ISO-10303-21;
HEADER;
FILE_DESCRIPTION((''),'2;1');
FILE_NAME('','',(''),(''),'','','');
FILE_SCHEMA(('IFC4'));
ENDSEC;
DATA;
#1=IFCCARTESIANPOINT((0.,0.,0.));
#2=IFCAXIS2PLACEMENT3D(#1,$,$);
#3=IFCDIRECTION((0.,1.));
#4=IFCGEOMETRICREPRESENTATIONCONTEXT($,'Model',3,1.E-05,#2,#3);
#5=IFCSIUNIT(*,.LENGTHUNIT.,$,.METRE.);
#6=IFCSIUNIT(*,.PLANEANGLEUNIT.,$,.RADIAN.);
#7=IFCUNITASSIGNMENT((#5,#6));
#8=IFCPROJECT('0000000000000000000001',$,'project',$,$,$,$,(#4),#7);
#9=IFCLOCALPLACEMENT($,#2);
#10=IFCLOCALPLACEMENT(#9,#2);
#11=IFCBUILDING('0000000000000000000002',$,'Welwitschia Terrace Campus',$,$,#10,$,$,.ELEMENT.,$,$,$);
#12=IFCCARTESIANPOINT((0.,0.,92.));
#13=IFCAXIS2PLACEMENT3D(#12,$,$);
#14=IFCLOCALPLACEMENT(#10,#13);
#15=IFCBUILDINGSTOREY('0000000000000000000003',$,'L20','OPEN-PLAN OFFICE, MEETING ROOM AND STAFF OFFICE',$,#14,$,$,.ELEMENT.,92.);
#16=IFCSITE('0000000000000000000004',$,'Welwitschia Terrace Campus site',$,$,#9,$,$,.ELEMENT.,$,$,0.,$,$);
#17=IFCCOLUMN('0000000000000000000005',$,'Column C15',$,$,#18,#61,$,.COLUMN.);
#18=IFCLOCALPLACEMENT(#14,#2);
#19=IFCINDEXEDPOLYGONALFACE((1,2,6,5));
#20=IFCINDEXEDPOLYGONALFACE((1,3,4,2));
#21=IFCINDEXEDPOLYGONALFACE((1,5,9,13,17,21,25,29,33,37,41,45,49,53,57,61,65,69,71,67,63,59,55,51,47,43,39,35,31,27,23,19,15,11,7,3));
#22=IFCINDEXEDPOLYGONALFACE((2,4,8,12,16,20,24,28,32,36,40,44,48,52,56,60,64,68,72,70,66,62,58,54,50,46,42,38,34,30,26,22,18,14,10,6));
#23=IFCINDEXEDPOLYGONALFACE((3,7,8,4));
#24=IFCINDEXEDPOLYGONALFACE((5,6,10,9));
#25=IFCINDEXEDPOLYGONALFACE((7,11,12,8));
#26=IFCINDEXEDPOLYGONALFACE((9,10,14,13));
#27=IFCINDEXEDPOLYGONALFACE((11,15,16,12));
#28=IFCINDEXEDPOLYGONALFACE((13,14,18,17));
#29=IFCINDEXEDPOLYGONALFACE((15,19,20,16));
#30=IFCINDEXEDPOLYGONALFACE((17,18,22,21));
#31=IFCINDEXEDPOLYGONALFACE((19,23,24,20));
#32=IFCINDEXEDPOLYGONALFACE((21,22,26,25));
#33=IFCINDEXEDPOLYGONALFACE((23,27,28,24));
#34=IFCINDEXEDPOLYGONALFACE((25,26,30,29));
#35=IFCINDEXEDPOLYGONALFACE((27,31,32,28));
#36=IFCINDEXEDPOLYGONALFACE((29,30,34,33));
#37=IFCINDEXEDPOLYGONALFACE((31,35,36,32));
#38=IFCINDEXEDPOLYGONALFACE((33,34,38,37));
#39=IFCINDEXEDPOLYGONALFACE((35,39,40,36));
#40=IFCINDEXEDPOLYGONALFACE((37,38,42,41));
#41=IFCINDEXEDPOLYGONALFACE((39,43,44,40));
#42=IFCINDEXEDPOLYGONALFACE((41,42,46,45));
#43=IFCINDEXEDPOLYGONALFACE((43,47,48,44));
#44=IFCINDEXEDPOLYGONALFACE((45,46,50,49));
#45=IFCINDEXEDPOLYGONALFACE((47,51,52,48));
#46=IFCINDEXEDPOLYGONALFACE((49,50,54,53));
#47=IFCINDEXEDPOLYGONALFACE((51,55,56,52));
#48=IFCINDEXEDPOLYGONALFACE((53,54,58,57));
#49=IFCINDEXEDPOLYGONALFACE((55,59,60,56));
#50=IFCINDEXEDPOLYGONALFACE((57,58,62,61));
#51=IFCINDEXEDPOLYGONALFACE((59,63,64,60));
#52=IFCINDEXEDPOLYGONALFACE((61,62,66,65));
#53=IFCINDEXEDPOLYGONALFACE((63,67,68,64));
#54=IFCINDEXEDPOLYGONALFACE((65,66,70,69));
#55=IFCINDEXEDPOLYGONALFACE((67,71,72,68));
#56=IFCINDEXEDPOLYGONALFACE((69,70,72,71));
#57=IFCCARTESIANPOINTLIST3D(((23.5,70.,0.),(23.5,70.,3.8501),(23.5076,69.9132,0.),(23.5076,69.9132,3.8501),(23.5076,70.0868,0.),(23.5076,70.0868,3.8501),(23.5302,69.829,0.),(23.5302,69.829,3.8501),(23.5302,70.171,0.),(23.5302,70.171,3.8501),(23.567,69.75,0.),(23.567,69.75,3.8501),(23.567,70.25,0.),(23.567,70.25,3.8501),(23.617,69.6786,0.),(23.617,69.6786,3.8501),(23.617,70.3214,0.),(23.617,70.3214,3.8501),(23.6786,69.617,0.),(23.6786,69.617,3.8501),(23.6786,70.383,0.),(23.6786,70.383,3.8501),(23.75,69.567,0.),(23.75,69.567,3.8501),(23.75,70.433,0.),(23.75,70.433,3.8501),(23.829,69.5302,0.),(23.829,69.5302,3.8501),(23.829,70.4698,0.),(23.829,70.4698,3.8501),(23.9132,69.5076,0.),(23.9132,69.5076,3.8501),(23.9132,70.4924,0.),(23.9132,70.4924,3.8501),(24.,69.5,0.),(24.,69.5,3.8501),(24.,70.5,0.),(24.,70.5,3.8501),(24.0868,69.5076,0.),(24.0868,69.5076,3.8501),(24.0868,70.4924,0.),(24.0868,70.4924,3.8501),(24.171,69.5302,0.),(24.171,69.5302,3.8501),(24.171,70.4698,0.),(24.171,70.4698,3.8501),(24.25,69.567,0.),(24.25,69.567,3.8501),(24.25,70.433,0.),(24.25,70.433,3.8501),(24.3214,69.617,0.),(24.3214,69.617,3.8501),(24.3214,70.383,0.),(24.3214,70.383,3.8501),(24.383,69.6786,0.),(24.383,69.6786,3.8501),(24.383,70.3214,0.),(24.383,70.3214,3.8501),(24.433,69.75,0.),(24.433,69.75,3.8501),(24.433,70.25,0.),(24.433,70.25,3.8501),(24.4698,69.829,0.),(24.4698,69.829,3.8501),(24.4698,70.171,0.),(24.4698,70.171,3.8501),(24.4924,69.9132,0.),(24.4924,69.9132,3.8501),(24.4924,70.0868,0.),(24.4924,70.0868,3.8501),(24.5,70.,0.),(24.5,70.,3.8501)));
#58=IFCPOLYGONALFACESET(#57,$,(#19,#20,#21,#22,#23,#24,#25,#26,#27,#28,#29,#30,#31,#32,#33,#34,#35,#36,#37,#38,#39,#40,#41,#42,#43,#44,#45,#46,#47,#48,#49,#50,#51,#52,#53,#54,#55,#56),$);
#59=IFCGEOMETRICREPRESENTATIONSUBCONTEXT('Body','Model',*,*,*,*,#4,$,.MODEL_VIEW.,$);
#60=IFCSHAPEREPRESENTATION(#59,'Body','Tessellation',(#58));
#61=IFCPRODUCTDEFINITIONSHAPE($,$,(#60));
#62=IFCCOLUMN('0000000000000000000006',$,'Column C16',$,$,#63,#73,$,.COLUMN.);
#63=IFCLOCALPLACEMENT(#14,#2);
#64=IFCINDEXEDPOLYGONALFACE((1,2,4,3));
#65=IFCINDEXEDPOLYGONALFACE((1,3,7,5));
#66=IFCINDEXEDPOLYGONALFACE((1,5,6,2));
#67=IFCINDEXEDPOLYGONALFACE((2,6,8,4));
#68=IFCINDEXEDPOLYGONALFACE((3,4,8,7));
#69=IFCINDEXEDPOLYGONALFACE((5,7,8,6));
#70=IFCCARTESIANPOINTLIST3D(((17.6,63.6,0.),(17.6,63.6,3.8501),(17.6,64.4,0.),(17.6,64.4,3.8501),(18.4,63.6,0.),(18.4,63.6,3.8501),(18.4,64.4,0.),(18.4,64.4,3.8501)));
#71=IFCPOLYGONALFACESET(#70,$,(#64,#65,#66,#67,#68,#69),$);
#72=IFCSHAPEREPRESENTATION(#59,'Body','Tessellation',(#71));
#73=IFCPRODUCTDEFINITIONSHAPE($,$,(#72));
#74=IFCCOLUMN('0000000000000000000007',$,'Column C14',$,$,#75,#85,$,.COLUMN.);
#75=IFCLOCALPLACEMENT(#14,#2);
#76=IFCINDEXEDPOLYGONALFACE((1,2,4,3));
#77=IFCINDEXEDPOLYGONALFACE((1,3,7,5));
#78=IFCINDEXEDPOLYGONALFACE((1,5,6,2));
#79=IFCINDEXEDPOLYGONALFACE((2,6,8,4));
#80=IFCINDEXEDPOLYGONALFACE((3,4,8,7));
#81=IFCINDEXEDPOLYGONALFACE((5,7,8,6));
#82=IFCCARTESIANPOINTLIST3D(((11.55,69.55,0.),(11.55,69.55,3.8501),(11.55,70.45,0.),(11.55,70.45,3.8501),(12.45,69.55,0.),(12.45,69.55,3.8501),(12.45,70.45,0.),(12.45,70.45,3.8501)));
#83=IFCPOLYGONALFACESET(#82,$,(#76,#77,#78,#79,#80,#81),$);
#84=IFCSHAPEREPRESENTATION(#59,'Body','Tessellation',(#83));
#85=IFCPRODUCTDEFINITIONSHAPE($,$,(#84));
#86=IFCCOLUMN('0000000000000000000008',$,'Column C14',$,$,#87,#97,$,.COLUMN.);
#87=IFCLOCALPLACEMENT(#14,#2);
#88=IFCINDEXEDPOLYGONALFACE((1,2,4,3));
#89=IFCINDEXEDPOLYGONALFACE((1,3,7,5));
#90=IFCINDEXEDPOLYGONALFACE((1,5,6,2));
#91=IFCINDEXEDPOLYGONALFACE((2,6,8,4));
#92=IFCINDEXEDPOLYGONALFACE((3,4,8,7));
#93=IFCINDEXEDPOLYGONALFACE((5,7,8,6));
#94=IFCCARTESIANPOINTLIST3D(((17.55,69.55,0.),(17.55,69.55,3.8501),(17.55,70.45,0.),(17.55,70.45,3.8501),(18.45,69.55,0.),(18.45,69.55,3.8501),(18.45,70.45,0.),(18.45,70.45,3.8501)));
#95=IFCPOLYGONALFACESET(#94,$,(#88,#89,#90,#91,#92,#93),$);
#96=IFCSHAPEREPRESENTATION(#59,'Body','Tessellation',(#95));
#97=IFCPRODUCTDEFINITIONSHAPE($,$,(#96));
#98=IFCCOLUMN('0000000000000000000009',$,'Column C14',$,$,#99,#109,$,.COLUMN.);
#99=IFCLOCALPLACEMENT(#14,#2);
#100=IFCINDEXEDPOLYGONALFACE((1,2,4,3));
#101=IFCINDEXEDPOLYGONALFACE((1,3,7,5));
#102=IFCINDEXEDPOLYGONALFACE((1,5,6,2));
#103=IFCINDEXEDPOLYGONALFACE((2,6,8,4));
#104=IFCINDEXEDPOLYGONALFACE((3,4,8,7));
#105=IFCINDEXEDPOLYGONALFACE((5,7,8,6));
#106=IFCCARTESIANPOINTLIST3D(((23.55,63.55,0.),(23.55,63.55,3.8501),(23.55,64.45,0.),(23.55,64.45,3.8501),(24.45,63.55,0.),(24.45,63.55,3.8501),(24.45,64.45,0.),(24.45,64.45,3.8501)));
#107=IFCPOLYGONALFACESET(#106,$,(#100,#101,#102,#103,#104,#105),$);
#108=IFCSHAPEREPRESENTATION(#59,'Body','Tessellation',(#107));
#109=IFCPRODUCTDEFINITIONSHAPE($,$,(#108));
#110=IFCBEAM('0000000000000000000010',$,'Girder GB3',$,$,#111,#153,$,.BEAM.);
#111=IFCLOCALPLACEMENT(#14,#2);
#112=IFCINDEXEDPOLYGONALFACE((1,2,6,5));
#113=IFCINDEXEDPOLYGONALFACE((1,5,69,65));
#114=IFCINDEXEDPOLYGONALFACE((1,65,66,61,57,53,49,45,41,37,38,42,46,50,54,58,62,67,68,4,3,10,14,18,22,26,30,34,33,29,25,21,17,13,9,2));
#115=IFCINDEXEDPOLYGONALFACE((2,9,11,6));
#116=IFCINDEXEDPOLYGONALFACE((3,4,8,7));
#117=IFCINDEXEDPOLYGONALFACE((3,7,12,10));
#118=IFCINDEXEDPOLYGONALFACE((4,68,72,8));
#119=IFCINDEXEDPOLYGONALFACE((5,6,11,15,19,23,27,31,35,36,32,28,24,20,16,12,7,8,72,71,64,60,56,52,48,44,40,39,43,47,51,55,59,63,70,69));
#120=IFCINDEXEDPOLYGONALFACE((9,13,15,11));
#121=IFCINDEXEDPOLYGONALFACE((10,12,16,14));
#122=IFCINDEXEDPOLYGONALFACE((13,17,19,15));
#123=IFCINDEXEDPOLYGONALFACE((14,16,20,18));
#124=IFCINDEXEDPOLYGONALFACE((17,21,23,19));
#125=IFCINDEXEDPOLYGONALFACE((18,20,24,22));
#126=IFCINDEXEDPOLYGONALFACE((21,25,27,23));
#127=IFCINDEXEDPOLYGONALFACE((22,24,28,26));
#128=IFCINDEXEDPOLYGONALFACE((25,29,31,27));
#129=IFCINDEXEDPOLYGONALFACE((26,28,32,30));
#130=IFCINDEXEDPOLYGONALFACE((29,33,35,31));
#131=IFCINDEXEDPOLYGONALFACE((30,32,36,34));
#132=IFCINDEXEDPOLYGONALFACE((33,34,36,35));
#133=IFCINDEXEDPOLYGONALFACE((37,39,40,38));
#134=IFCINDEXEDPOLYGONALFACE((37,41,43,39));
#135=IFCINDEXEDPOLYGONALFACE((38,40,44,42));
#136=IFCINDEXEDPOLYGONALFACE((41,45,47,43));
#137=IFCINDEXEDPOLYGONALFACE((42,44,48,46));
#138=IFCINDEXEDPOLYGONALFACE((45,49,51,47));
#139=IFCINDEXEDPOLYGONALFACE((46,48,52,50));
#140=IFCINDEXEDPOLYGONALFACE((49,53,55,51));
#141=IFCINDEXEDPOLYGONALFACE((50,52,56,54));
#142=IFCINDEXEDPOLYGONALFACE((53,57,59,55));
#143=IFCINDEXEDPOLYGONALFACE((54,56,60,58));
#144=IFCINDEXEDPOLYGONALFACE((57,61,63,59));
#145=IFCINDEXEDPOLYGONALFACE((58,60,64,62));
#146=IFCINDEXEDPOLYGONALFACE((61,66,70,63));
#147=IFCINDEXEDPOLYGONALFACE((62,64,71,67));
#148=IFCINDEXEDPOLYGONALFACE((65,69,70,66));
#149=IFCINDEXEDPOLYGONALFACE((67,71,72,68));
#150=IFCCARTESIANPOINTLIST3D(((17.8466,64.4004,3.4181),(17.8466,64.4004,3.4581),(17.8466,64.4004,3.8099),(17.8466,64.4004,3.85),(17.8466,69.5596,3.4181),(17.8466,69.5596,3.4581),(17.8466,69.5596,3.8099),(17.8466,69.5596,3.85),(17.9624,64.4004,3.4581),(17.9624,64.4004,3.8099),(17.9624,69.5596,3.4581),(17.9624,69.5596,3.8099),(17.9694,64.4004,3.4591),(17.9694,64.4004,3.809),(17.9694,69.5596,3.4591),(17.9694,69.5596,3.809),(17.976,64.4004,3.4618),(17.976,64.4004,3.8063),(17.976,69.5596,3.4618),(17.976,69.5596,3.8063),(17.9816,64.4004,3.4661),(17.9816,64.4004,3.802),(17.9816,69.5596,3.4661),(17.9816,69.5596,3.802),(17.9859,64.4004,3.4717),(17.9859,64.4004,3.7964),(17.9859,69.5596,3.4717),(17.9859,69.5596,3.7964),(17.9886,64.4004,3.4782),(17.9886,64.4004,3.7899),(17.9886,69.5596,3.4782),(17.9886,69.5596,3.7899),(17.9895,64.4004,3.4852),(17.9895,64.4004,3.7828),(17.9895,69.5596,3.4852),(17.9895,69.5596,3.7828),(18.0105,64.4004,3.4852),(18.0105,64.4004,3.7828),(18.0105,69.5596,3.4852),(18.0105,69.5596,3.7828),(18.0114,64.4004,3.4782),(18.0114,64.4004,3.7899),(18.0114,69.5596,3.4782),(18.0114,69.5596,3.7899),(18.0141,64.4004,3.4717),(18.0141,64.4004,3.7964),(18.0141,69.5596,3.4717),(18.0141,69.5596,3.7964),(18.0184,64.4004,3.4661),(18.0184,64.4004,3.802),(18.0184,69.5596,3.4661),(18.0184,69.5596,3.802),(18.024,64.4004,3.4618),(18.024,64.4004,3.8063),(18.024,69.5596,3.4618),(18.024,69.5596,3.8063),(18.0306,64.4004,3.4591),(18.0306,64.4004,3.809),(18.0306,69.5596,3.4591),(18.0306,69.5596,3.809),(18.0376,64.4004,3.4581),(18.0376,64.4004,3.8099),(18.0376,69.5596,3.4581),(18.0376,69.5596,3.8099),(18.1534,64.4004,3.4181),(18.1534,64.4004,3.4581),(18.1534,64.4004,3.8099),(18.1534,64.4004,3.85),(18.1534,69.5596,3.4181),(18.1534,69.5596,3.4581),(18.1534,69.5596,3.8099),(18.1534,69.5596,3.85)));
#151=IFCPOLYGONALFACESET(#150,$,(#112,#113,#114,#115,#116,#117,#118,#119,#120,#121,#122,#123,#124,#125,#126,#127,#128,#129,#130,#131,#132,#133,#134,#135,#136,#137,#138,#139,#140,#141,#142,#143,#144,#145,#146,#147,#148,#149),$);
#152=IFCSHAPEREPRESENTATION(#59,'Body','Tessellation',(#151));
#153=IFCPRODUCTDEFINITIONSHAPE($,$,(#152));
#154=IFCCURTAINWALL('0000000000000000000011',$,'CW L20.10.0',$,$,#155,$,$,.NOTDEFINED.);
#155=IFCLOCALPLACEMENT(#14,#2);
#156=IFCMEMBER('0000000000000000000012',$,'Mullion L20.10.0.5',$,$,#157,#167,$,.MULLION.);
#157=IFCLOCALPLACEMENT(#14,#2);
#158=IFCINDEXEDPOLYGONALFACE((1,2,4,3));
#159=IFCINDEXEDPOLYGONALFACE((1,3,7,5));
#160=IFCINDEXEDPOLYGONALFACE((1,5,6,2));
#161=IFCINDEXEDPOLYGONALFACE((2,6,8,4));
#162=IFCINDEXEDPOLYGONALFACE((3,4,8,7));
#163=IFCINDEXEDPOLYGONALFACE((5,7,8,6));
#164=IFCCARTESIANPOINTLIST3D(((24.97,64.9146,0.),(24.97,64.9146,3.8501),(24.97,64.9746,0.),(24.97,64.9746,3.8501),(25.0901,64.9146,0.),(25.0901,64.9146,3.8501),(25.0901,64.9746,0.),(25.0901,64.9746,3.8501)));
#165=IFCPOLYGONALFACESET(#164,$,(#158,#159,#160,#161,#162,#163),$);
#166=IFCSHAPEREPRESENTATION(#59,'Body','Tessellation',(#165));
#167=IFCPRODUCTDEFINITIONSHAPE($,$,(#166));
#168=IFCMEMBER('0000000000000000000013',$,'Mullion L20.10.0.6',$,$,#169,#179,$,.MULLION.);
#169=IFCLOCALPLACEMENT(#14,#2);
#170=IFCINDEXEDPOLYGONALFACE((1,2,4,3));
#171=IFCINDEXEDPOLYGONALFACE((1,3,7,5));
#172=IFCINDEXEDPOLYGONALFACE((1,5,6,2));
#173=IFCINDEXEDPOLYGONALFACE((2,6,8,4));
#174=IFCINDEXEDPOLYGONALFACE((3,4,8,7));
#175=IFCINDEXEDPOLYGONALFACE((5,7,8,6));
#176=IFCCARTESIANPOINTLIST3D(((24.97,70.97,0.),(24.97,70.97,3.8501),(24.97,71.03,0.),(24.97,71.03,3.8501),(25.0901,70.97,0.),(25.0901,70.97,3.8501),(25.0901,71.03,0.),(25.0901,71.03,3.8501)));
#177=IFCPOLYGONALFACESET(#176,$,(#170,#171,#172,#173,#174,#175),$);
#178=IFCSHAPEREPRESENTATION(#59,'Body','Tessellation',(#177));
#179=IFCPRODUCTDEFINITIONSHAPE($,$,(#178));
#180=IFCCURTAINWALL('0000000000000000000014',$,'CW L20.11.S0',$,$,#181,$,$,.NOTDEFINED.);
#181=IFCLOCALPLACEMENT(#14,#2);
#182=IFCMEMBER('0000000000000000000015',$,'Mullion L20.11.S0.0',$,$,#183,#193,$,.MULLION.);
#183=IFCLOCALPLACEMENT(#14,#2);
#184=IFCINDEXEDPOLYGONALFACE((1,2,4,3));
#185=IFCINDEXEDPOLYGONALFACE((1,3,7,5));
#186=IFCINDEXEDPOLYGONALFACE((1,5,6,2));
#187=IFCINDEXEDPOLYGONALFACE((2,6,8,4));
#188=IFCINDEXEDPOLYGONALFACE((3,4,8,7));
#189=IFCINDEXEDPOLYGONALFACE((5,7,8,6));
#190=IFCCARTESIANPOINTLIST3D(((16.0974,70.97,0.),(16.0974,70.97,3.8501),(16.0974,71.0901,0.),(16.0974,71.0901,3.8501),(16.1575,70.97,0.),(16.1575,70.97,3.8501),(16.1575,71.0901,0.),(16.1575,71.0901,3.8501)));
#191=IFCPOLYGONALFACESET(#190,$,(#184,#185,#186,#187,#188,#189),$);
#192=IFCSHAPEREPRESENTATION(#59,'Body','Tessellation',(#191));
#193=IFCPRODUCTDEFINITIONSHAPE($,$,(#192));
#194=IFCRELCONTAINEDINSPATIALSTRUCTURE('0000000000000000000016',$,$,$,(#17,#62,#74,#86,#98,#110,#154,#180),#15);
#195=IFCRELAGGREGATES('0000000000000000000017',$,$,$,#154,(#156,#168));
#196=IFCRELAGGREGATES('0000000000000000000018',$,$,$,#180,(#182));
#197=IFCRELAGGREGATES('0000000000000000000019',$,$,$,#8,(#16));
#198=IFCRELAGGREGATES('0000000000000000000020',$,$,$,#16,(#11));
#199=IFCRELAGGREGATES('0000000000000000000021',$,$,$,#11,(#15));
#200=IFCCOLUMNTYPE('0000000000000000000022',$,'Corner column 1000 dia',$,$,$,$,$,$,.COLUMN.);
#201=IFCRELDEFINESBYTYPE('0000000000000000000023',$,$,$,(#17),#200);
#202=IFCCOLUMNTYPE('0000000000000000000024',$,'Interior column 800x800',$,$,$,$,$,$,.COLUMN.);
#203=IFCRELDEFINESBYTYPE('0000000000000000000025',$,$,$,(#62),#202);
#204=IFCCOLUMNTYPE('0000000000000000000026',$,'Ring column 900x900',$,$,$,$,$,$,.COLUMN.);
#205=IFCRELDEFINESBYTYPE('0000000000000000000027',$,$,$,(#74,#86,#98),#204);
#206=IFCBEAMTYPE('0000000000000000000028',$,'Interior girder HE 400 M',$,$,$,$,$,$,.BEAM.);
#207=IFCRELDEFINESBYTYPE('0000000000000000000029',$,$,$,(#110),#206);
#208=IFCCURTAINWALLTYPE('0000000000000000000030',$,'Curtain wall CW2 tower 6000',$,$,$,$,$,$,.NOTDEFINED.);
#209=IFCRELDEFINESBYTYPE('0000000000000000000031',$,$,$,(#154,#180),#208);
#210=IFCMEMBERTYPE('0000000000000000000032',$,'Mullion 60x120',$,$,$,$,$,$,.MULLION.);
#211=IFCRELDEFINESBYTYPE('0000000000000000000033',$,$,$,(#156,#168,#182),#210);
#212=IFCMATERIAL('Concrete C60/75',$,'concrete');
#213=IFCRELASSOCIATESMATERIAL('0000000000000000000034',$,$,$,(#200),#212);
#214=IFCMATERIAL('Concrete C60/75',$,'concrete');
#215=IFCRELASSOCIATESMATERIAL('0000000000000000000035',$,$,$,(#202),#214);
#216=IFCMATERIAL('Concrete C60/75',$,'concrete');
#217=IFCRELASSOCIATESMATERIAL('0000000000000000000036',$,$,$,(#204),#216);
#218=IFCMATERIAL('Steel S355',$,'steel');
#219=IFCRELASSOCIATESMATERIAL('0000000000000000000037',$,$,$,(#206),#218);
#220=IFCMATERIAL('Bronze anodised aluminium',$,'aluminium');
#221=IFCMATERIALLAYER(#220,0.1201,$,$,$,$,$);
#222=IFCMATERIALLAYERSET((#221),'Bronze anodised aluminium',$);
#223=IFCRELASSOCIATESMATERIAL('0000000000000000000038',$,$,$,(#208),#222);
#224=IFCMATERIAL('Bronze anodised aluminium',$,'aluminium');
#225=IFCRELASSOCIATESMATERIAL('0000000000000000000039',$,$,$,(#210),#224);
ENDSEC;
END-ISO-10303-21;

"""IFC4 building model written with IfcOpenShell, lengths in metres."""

from ifc_helpers import new_model, si_unit, direction, frame, origin, origin_2d, place, context, subcontext, project, spatial, rectangle, circle, i_section, extrude, material, layer, layer_set, material_profile, profile_set, type_object, element, aggregate, save


model = new_model("IFC4")

# Units and contexts
model_context = context("Model", 3, precision=1e-05, world=origin(), true_north=direction((0.0, 1.0)))
body_context = subcontext(model_context, "Body", "Model", "MODEL_VIEW")
ifc_project = project(units=[si_unit("LENGTHUNIT", "METRE"), si_unit("PLANEANGLEUNIT", "RADIAN")], contexts=[model_context])

# Site, building, storey
site_placement = place(None, origin())
site = spatial("IfcSite", under=ifc_project, at=site_placement, Name="Welwitschia Terrace Campus site", CompositionType="ELEMENT", RefElevation=0.0)
building_placement = place(site_placement, origin())
building = spatial("IfcBuilding", under=site, at=building_placement, Name="Welwitschia Terrace Campus", CompositionType="ELEMENT")
storey_placement = place(building_placement, frame((0.0, 0.0, 92.0)))
storey = spatial("IfcBuildingStorey", under=building, at=storey_placement, Name="L20", Description="OPEN-PLAN OFFICE, MEETING ROOM AND STAFF OFFICE", CompositionType="ELEMENT", Elevation=92.0)

# Columns
ifc_material_1 = material(Name="Concrete C60/75", Category="concrete")
ifc_material_profile_1 = material_profile(ifc_material_1, circle(Radius=0.5, at=origin_2d()))
ifc_profile_set_1 = profile_set([ifc_material_profile_1], Name="Concrete C60/75")
column_type_1 = type_object("IfcColumnType", Name="Corner column 1000 dia", PredefinedType="COLUMN", material=ifc_profile_set_1)
column_1_placement = place(storey_placement, frame((24.0, 70.0, 0.0), z_axis=(0.0, 0.0, 1.0), x_axis=(1.0, 0.0, 0.0)))
element("IfcColumn", 1, at=column_1_placement, inside=storey, type_object=column_type_1, Name="Column C15", PredefinedType="COLUMN", context=body_context, shape_type="SweptSolid", body=[
    extrude(circle(Radius=0.5, at=origin_2d()), origin(), (0.0, 0.0, 1.0), 3.8501),
])
ifc_material_2 = material(Name="Concrete C60/75", Category="concrete")
ifc_material_profile_2 = material_profile(ifc_material_2, rectangle(XDim=0.8, YDim=0.8, at=origin_2d()))
ifc_profile_set_2 = profile_set([ifc_material_profile_2], Name="Concrete C60/75")
column_type_2 = type_object("IfcColumnType", Name="Interior column 800x800", PredefinedType="COLUMN", material=ifc_profile_set_2)
column_2_placement = place(storey_placement, frame((18.0, 64.0, 0.0), z_axis=(0.0, 0.0, 1.0), x_axis=(1.0, 0.0, 0.0)))
element("IfcColumn", 2, at=column_2_placement, inside=storey, type_object=column_type_2, Name="Column C16", PredefinedType="COLUMN", context=body_context, shape_type="SweptSolid", body=[
    extrude(rectangle(XDim=0.8, YDim=0.8, at=origin_2d()), origin(), (0.0, 0.0, 1.0), 3.8501),
])
ifc_material_3 = material(Name="Concrete C60/75", Category="concrete")
ifc_material_profile_3 = material_profile(ifc_material_3, rectangle(XDim=0.8999, YDim=0.8999, at=origin_2d()))
ifc_profile_set_3 = profile_set([ifc_material_profile_3], Name="Concrete C60/75")
column_type_3 = type_object("IfcColumnType", Name="Ring column 900x900", PredefinedType="COLUMN", material=ifc_profile_set_3)
for number, where, z_axis, x_axis, name in (
    (3, (12.0, 70.0, 0.0), (0.0, 0.0, 1.0), (1.0, 0.0, 0.0), "Column C14"),
    (4, (18.0, 70.0, 0.0), (0.0, 0.0, 1.0), (1.0, 0.0, 0.0), "Column C14"),
    (5, (24.0, 64.0, 0.0), (0.0, 0.0, 1.0), (1.0, 0.0, 0.0), "Column C14"),
):
    element("IfcColumn", number, at=place(storey_placement, frame(where, z_axis=z_axis, x_axis=x_axis)), inside=storey, type_object=column_type_3, Name=name, PredefinedType="COLUMN", context=body_context, shape_type="SweptSolid", body=[
        extrude(rectangle(XDim=0.8999, YDim=0.8999, at=origin_2d()), origin(), (0.0, 0.0, 1.0), 3.8501),
    ])

# Beam
ifc_material_4 = material(Name="Steel S355", Category="steel")
ifc_material_profile_4 = material_profile(ifc_material_4, i_section(OverallWidth=0.3069, OverallDepth=0.4319, WebThickness=0.021, FlangeThickness=0.04, FilletRadius=0.0271, at=origin_2d()))
ifc_profile_set_4 = profile_set([ifc_material_profile_4], Name="Steel S355")
beam_type_1 = type_object("IfcBeamType", Name="Interior girder HE 400 M", PredefinedType="BEAM", material=ifc_profile_set_4)
beam_1_placement = place(storey_placement, frame((18.0, 64.4004, 3.634), z_axis=(0.0, 1.0, 0.0), x_axis=(-1.0, 0.0, 0.0)))
element("IfcBeam", 6, at=beam_1_placement, inside=storey, type_object=beam_type_1, Name="Girder GB3", PredefinedType="BEAM", context=body_context, shape_type="SweptSolid", body=[
    extrude(i_section(OverallWidth=0.3069, OverallDepth=0.4319, WebThickness=0.021, FlangeThickness=0.04, FilletRadius=0.0271, at=origin_2d()), origin(), (0.0, 0.0, 1.0), 5.1592),
])

# Curtain walls, members
ifc_material_5 = material(Name="Bronze anodised aluminium", Category="aluminium")
ifc_layer_1 = layer(ifc_material_5, 0.1201)
ifc_layer_set_1 = layer_set([ifc_layer_1], Name="Bronze anodised aluminium")
curtain_wall_type = type_object("IfcCurtainWallType", Name="Curtain wall CW2 tower 6000", PredefinedType="NOTDEFINED", material=ifc_layer_set_1)
curtain_wall_1_placement = place(storey_placement, origin())
curtain_wall_1 = element("IfcCurtainWall", 7, at=curtain_wall_1_placement, inside=storey, type_object=curtain_wall_type, Name="CW L20.10.0", PredefinedType="NOTDEFINED")
ifc_material_6 = material(Name="Bronze anodised aluminium", Category="aluminium")
ifc_material_profile_5 = material_profile(ifc_material_6, rectangle(XDim=0.1201, YDim=0.0601, at=origin_2d()))
ifc_profile_set_5 = profile_set([ifc_material_profile_5], Name="Bronze anodised aluminium")
member_type_1 = type_object("IfcMemberType", Name="Mullion 60x120", PredefinedType="MULLION", material=ifc_profile_set_5)
member_1_placement = place(storey_placement, frame((25.03, 64.9446, 0.0), z_axis=(0.0, 0.0, 1.0), x_axis=(-1.0, 0.0, 0.0)))
member_1 = element("IfcMember", 8, at=member_1_placement, type_object=member_type_1, Name="Mullion L20.10.0.5", PredefinedType="MULLION", context=body_context, shape_type="SweptSolid", body=[
    extrude(rectangle(XDim=0.1201, YDim=0.0601, at=origin_2d()), origin(), (0.0, 0.0, 1.0), 3.8501),
])
member_2_placement = place(storey_placement, frame((25.03, 71.0, 0.0), z_axis=(0.0, 0.0, 1.0), x_axis=(-1.0, 0.0, 0.0)))
member_2 = element("IfcMember", 9, at=member_2_placement, type_object=member_type_1, Name="Mullion L20.10.0.6", PredefinedType="MULLION", context=body_context, shape_type="SweptSolid", body=[
    extrude(rectangle(XDim=0.1201, YDim=0.0601, at=origin_2d()), origin(), (0.0, 0.0, 1.0), 3.8501),
])
curtain_wall_2_placement = place(storey_placement, origin())
curtain_wall_2 = element("IfcCurtainWall", 10, at=curtain_wall_2_placement, inside=storey, type_object=curtain_wall_type, Name="CW L20.11.S0", PredefinedType="NOTDEFINED")
member_3_placement = place(storey_placement, frame((16.1274, 71.03, 0.0), z_axis=(0.0, 0.0, 1.0), x_axis=(0.0, -1.0, 0.0)))
member_3 = element("IfcMember", 11, at=member_3_placement, type_object=member_type_1, Name="Mullion L20.11.S0.0", PredefinedType="MULLION", context=body_context, shape_type="SweptSolid", body=[
    extrude(rectangle(XDim=0.1201, YDim=0.0601, at=origin_2d()), origin(), (0.0, 0.0, 1.0), 3.8501),
])

aggregate(curtain_wall_1, [member_1, member_2])
aggregate(curtain_wall_2, [member_3])

save(model, "model.ifc")
